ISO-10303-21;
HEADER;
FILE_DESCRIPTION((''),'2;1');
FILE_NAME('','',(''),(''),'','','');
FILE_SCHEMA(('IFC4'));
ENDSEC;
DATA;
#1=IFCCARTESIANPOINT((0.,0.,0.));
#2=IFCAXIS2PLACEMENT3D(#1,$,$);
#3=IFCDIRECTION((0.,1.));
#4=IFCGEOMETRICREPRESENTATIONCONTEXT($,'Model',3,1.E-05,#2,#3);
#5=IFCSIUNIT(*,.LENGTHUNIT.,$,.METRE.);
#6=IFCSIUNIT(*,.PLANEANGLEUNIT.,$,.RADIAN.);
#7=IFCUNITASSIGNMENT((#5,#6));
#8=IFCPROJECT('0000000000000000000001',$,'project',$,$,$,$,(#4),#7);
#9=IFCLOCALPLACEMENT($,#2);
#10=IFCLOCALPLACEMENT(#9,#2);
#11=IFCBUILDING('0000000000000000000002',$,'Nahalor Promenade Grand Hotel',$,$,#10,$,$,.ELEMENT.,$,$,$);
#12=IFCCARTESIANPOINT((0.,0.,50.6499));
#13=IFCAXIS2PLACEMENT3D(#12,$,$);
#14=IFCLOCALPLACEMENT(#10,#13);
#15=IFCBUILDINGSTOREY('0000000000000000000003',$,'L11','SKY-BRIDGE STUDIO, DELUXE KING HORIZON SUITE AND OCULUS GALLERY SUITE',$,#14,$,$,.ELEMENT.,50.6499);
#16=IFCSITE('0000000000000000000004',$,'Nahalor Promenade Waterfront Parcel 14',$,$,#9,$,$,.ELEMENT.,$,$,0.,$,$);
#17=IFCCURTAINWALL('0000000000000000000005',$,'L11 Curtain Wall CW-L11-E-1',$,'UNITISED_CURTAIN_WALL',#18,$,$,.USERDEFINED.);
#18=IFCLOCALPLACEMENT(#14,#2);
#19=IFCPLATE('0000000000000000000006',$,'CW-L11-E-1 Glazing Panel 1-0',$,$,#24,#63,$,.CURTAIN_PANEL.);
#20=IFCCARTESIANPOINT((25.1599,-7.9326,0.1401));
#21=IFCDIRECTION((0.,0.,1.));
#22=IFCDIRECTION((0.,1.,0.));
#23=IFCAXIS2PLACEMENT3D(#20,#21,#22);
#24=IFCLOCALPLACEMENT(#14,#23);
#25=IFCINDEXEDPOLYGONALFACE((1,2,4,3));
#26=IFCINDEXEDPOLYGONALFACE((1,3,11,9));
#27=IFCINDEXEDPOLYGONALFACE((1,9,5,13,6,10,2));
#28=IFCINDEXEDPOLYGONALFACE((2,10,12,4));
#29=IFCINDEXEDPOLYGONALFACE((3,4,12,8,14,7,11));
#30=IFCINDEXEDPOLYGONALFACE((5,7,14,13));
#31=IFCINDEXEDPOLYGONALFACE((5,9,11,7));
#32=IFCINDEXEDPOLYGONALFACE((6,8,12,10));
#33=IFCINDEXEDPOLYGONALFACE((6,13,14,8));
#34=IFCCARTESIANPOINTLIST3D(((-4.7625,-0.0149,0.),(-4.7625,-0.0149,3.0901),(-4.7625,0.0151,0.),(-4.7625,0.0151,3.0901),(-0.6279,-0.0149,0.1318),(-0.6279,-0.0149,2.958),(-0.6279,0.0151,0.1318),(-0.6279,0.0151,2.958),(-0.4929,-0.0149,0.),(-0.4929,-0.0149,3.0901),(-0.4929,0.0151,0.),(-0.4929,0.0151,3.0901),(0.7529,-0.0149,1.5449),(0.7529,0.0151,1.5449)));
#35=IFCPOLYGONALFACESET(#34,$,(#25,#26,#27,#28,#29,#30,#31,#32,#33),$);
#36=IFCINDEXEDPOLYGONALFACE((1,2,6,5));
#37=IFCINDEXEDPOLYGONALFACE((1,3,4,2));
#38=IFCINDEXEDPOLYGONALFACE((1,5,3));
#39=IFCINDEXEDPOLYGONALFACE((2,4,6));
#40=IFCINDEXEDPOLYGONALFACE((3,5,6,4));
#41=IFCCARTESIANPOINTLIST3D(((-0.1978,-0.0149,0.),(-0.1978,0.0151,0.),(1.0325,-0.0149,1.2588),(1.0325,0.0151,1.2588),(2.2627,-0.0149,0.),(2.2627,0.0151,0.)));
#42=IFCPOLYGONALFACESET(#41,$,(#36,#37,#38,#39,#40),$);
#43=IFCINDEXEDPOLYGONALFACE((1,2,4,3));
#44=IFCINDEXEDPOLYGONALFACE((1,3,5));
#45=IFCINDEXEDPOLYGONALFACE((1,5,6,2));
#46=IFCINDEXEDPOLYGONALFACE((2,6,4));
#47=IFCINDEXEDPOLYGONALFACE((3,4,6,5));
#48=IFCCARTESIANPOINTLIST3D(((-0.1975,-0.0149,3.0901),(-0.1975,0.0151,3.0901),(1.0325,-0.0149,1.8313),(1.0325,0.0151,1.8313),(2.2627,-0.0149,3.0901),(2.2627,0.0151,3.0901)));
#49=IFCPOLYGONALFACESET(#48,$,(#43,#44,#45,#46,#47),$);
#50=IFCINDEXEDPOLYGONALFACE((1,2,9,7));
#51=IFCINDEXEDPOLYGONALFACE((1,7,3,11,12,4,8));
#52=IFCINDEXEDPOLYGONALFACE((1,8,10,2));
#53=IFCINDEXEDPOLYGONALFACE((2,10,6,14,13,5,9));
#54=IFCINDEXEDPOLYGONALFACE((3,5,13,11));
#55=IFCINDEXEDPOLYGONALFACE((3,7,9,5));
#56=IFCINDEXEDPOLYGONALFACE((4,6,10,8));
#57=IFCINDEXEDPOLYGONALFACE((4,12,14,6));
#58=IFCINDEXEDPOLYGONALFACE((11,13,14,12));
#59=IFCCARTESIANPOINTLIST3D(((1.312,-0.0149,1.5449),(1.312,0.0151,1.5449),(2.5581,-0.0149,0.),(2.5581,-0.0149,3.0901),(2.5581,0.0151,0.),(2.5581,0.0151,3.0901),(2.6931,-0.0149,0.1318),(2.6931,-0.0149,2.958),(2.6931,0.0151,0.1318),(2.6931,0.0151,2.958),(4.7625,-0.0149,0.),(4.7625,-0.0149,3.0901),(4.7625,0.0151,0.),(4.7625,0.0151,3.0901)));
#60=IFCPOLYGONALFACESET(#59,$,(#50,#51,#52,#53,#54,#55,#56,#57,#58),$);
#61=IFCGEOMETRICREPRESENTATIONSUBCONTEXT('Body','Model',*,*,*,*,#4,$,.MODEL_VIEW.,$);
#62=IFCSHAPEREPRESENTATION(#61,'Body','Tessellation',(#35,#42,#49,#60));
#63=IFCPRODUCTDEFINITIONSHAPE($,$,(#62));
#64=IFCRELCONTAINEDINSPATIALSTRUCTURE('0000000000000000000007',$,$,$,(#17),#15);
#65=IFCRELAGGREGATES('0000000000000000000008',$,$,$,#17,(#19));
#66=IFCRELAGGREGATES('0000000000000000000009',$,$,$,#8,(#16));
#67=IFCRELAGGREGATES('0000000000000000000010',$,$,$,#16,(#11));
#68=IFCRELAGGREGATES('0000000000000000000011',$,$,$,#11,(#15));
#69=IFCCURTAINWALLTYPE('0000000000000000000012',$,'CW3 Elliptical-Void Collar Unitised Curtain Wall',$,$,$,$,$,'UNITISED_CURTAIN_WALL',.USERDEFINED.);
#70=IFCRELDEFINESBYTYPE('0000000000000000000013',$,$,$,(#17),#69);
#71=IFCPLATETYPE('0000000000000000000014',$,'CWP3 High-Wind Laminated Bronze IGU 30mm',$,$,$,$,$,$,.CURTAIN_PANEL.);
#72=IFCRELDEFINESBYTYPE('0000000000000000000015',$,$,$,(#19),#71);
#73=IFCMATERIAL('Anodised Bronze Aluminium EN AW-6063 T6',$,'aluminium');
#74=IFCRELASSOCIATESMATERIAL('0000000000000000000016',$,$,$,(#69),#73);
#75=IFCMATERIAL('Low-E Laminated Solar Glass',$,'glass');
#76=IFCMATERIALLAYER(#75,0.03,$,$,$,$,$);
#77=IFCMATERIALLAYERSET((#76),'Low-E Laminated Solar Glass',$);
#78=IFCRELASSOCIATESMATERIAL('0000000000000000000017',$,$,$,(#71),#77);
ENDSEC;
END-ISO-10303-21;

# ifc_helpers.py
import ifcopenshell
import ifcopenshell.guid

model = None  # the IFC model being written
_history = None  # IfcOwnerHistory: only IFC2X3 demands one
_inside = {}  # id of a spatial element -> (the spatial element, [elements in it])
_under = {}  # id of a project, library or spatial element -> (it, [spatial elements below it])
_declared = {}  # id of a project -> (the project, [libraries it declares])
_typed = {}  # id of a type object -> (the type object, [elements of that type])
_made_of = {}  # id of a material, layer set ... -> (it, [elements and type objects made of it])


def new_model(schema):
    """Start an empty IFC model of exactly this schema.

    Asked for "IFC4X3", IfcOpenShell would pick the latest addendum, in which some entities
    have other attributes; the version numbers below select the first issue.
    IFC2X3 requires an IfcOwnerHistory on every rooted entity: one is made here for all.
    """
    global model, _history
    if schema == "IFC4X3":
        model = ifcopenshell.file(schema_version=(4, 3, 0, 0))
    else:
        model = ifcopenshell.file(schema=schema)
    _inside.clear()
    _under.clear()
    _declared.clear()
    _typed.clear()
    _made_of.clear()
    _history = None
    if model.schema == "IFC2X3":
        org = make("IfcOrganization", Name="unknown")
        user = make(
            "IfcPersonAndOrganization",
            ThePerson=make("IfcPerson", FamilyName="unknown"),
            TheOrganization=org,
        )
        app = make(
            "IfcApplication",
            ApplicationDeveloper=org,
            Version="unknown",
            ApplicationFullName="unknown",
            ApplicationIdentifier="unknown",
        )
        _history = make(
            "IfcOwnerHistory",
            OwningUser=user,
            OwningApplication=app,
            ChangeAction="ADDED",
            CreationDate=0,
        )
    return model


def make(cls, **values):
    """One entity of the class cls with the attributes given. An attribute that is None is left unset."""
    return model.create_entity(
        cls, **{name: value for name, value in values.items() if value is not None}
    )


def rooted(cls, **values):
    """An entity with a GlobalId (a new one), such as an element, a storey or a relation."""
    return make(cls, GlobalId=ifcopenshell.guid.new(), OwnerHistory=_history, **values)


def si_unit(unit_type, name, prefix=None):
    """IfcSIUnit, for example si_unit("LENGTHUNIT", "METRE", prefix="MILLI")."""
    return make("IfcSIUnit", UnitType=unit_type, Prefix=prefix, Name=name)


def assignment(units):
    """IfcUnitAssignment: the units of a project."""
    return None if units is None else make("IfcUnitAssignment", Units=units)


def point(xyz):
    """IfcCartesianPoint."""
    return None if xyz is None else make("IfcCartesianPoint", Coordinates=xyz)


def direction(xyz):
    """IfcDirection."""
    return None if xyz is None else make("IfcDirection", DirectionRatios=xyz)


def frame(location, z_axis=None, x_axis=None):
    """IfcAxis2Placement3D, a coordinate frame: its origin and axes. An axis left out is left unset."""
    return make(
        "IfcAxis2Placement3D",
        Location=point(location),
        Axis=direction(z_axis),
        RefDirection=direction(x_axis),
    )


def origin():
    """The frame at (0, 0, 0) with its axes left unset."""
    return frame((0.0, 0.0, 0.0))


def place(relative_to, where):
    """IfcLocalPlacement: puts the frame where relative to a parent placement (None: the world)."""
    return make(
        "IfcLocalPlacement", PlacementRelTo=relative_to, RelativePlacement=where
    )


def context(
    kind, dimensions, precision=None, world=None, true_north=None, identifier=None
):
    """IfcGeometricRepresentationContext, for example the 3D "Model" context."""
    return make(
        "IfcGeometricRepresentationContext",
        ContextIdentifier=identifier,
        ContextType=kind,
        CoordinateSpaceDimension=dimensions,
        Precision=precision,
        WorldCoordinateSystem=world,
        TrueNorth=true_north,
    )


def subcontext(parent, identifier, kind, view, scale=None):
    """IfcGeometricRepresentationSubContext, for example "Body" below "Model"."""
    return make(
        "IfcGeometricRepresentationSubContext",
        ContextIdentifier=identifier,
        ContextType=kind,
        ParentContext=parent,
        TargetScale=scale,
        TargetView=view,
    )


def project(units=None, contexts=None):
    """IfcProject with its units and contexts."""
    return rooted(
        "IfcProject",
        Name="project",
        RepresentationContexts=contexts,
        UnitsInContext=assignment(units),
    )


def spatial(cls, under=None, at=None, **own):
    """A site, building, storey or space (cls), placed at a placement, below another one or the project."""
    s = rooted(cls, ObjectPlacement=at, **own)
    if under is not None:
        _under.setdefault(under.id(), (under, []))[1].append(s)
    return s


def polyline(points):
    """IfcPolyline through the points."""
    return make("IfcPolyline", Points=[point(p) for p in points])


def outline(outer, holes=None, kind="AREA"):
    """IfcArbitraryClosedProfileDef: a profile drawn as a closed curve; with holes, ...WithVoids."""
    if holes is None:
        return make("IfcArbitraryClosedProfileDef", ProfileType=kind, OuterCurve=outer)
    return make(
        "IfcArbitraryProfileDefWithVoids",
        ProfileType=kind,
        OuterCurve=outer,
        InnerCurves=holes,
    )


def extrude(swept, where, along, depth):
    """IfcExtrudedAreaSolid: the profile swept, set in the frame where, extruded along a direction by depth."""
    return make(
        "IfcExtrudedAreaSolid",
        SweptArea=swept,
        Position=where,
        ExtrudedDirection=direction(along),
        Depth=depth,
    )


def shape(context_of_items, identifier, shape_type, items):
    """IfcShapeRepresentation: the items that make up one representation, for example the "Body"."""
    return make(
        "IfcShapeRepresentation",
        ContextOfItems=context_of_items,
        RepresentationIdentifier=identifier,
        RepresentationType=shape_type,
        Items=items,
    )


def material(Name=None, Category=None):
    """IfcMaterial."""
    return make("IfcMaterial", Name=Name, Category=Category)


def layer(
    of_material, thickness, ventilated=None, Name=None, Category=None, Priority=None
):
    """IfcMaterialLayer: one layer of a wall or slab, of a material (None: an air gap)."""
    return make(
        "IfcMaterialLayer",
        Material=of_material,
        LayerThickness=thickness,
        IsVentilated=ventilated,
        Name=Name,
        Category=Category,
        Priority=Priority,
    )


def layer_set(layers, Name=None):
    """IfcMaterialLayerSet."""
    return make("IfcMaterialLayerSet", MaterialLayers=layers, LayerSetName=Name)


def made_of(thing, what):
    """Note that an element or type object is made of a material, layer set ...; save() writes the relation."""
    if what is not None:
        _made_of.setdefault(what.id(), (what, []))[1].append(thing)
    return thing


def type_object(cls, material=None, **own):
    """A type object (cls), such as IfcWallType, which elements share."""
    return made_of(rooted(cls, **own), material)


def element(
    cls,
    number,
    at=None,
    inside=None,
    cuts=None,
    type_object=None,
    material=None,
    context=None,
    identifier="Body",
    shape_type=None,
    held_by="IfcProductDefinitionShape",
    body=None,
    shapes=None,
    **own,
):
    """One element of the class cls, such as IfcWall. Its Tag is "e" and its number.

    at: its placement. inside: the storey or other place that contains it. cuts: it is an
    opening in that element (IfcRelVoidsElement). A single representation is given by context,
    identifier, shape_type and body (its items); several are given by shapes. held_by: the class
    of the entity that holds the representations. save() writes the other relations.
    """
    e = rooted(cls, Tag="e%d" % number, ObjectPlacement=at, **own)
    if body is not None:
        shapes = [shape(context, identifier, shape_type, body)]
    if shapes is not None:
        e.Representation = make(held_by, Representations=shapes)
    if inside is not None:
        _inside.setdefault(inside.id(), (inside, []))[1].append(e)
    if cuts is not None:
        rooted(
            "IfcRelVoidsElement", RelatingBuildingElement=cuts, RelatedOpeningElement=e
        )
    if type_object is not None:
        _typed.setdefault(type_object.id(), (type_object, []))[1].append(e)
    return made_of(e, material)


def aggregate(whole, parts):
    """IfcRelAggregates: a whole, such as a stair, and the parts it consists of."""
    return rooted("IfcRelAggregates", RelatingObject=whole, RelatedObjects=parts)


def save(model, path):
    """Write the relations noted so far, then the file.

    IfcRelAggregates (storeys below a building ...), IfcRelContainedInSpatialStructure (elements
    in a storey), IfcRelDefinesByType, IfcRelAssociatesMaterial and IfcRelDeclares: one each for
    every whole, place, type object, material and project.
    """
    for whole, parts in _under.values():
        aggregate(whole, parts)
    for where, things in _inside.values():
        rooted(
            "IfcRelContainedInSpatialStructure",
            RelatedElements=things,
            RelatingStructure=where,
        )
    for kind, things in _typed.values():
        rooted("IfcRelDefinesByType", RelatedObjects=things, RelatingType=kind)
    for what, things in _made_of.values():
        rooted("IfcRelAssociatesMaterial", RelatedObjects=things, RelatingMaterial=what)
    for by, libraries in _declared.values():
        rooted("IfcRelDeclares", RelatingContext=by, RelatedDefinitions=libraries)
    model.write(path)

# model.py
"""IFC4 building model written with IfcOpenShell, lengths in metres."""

from ifc_helpers import new_model, si_unit, direction, frame, origin, place, context, subcontext, project, spatial, polyline, outline, extrude, material, layer, layer_set, type_object, element, aggregate, save


model = new_model("IFC4")

# Units and contexts
model_context = context("Model", 3, precision=1e-05, world=origin(), true_north=direction((0.0, 1.0)))
body_context = subcontext(model_context, "Body", "Model", "MODEL_VIEW")
ifc_project = project(units=[si_unit("LENGTHUNIT", "METRE"), si_unit("PLANEANGLEUNIT", "RADIAN")], contexts=[model_context])

# Site, building, storey
site_placement = place(None, origin())
site = spatial("IfcSite", under=ifc_project, at=site_placement, Name="Nahalor Promenade Waterfront Parcel 14", CompositionType="ELEMENT", RefElevation=0.0)
building_placement = place(site_placement, origin())
building = spatial("IfcBuilding", under=site, at=building_placement, Name="Nahalor Promenade Grand Hotel", CompositionType="ELEMENT")
storey_placement = place(building_placement, frame((0.0, 0.0, 50.6499)))
storey = spatial("IfcBuildingStorey", under=building, at=storey_placement, Name="L11", Description="SKY-BRIDGE STUDIO, DELUXE KING HORIZON SUITE AND OCULUS GALLERY SUITE", CompositionType="ELEMENT", Elevation=50.6499)

# Shared definitions
ifc_material_1 = material(Name="Anodised Bronze Aluminium EN AW-6063 T6", Category="aluminium")
curtain_wall_type = type_object("IfcCurtainWallType", Name="CW3 Elliptical-Void Collar Unitised Curtain Wall", ElementType="UNITISED_CURTAIN_WALL", PredefinedType="USERDEFINED", material=ifc_material_1)

# Curtain wall, plate
curtain_wall_1_placement = place(storey_placement, origin())
curtain_wall_1 = element("IfcCurtainWall", 1, at=curtain_wall_1_placement, inside=storey, type_object=curtain_wall_type, Name="L11 Curtain Wall CW-L11-E-1", ObjectType="UNITISED_CURTAIN_WALL", PredefinedType="USERDEFINED")
ifc_material_2 = material(Name="Low-E Laminated Solar Glass", Category="glass")
ifc_layer_1 = layer(ifc_material_2, 0.03)
ifc_layer_set_1 = layer_set([ifc_layer_1], Name="Low-E Laminated Solar Glass")
plate_type_1 = type_object("IfcPlateType", Name="CWP3 High-Wind Laminated Bronze IGU 30mm", PredefinedType="CURTAIN_PANEL", material=ifc_layer_set_1)
plate_1_placement = place(storey_placement, frame((25.1599, -7.9326, 0.1401), z_axis=(0.0, 0.0, 1.0), x_axis=(0.0, 1.0, 0.0)))
plate_1 = element("IfcPlate", 2, at=plate_1_placement, type_object=plate_type_1, Name="CW-L11-E-1 Glazing Panel 1-0", PredefinedType="CURTAIN_PANEL", context=body_context, shape_type="SweptSolid", body=[
    extrude(outline(polyline([(-4.7625, 3.0901), (-4.7625, 0.0), (-0.4929, 0.0), (-0.6279, 0.1318), (0.7529, 1.5449), (-0.6279, 2.958), (-0.4929, 3.0901), (-4.7625, 3.0901)])), frame((0.0, 0.0151, 0.0), z_axis=(0.0, -1.0, 0.0), x_axis=(1.0, 0.0, 0.0)), (0.0, 0.0, 1.0), 0.03),
    extrude(outline(polyline([(1.0325, 1.2588), (-0.1978, 0.0), (2.2627, 0.0), (1.0325, 1.2588)])), frame((0.0, 0.0151, 0.0), z_axis=(0.0, -1.0, 0.0), x_axis=(1.0, 0.0, 0.0)), (0.0, 0.0, 1.0), 0.03),
    extrude(outline(polyline([(1.0325, 1.8313), (2.2627, 3.0901), (-0.1975, 3.0901), (1.0325, 1.8313)])), frame((0.0, 0.0151, 0.0), z_axis=(0.0, -1.0, 0.0), x_axis=(1.0, 0.0, 0.0)), (0.0, 0.0, 1.0), 0.03),
    extrude(outline(polyline([(4.7625, 0.0), (4.7625, 3.0901), (2.5581, 3.0901), (2.6931, 2.958), (1.312, 1.5449), (2.6931, 0.1318), (2.5581, 0.0), (4.7625, 0.0)])), frame((0.0, 0.0151, 0.0), z_axis=(0.0, -1.0, 0.0), x_axis=(1.0, 0.0, 0.0)), (0.0, 0.0, 1.0), 0.03),
])
aggregate(curtain_wall_1, [plate_1])

save(model, "model.ifc")
